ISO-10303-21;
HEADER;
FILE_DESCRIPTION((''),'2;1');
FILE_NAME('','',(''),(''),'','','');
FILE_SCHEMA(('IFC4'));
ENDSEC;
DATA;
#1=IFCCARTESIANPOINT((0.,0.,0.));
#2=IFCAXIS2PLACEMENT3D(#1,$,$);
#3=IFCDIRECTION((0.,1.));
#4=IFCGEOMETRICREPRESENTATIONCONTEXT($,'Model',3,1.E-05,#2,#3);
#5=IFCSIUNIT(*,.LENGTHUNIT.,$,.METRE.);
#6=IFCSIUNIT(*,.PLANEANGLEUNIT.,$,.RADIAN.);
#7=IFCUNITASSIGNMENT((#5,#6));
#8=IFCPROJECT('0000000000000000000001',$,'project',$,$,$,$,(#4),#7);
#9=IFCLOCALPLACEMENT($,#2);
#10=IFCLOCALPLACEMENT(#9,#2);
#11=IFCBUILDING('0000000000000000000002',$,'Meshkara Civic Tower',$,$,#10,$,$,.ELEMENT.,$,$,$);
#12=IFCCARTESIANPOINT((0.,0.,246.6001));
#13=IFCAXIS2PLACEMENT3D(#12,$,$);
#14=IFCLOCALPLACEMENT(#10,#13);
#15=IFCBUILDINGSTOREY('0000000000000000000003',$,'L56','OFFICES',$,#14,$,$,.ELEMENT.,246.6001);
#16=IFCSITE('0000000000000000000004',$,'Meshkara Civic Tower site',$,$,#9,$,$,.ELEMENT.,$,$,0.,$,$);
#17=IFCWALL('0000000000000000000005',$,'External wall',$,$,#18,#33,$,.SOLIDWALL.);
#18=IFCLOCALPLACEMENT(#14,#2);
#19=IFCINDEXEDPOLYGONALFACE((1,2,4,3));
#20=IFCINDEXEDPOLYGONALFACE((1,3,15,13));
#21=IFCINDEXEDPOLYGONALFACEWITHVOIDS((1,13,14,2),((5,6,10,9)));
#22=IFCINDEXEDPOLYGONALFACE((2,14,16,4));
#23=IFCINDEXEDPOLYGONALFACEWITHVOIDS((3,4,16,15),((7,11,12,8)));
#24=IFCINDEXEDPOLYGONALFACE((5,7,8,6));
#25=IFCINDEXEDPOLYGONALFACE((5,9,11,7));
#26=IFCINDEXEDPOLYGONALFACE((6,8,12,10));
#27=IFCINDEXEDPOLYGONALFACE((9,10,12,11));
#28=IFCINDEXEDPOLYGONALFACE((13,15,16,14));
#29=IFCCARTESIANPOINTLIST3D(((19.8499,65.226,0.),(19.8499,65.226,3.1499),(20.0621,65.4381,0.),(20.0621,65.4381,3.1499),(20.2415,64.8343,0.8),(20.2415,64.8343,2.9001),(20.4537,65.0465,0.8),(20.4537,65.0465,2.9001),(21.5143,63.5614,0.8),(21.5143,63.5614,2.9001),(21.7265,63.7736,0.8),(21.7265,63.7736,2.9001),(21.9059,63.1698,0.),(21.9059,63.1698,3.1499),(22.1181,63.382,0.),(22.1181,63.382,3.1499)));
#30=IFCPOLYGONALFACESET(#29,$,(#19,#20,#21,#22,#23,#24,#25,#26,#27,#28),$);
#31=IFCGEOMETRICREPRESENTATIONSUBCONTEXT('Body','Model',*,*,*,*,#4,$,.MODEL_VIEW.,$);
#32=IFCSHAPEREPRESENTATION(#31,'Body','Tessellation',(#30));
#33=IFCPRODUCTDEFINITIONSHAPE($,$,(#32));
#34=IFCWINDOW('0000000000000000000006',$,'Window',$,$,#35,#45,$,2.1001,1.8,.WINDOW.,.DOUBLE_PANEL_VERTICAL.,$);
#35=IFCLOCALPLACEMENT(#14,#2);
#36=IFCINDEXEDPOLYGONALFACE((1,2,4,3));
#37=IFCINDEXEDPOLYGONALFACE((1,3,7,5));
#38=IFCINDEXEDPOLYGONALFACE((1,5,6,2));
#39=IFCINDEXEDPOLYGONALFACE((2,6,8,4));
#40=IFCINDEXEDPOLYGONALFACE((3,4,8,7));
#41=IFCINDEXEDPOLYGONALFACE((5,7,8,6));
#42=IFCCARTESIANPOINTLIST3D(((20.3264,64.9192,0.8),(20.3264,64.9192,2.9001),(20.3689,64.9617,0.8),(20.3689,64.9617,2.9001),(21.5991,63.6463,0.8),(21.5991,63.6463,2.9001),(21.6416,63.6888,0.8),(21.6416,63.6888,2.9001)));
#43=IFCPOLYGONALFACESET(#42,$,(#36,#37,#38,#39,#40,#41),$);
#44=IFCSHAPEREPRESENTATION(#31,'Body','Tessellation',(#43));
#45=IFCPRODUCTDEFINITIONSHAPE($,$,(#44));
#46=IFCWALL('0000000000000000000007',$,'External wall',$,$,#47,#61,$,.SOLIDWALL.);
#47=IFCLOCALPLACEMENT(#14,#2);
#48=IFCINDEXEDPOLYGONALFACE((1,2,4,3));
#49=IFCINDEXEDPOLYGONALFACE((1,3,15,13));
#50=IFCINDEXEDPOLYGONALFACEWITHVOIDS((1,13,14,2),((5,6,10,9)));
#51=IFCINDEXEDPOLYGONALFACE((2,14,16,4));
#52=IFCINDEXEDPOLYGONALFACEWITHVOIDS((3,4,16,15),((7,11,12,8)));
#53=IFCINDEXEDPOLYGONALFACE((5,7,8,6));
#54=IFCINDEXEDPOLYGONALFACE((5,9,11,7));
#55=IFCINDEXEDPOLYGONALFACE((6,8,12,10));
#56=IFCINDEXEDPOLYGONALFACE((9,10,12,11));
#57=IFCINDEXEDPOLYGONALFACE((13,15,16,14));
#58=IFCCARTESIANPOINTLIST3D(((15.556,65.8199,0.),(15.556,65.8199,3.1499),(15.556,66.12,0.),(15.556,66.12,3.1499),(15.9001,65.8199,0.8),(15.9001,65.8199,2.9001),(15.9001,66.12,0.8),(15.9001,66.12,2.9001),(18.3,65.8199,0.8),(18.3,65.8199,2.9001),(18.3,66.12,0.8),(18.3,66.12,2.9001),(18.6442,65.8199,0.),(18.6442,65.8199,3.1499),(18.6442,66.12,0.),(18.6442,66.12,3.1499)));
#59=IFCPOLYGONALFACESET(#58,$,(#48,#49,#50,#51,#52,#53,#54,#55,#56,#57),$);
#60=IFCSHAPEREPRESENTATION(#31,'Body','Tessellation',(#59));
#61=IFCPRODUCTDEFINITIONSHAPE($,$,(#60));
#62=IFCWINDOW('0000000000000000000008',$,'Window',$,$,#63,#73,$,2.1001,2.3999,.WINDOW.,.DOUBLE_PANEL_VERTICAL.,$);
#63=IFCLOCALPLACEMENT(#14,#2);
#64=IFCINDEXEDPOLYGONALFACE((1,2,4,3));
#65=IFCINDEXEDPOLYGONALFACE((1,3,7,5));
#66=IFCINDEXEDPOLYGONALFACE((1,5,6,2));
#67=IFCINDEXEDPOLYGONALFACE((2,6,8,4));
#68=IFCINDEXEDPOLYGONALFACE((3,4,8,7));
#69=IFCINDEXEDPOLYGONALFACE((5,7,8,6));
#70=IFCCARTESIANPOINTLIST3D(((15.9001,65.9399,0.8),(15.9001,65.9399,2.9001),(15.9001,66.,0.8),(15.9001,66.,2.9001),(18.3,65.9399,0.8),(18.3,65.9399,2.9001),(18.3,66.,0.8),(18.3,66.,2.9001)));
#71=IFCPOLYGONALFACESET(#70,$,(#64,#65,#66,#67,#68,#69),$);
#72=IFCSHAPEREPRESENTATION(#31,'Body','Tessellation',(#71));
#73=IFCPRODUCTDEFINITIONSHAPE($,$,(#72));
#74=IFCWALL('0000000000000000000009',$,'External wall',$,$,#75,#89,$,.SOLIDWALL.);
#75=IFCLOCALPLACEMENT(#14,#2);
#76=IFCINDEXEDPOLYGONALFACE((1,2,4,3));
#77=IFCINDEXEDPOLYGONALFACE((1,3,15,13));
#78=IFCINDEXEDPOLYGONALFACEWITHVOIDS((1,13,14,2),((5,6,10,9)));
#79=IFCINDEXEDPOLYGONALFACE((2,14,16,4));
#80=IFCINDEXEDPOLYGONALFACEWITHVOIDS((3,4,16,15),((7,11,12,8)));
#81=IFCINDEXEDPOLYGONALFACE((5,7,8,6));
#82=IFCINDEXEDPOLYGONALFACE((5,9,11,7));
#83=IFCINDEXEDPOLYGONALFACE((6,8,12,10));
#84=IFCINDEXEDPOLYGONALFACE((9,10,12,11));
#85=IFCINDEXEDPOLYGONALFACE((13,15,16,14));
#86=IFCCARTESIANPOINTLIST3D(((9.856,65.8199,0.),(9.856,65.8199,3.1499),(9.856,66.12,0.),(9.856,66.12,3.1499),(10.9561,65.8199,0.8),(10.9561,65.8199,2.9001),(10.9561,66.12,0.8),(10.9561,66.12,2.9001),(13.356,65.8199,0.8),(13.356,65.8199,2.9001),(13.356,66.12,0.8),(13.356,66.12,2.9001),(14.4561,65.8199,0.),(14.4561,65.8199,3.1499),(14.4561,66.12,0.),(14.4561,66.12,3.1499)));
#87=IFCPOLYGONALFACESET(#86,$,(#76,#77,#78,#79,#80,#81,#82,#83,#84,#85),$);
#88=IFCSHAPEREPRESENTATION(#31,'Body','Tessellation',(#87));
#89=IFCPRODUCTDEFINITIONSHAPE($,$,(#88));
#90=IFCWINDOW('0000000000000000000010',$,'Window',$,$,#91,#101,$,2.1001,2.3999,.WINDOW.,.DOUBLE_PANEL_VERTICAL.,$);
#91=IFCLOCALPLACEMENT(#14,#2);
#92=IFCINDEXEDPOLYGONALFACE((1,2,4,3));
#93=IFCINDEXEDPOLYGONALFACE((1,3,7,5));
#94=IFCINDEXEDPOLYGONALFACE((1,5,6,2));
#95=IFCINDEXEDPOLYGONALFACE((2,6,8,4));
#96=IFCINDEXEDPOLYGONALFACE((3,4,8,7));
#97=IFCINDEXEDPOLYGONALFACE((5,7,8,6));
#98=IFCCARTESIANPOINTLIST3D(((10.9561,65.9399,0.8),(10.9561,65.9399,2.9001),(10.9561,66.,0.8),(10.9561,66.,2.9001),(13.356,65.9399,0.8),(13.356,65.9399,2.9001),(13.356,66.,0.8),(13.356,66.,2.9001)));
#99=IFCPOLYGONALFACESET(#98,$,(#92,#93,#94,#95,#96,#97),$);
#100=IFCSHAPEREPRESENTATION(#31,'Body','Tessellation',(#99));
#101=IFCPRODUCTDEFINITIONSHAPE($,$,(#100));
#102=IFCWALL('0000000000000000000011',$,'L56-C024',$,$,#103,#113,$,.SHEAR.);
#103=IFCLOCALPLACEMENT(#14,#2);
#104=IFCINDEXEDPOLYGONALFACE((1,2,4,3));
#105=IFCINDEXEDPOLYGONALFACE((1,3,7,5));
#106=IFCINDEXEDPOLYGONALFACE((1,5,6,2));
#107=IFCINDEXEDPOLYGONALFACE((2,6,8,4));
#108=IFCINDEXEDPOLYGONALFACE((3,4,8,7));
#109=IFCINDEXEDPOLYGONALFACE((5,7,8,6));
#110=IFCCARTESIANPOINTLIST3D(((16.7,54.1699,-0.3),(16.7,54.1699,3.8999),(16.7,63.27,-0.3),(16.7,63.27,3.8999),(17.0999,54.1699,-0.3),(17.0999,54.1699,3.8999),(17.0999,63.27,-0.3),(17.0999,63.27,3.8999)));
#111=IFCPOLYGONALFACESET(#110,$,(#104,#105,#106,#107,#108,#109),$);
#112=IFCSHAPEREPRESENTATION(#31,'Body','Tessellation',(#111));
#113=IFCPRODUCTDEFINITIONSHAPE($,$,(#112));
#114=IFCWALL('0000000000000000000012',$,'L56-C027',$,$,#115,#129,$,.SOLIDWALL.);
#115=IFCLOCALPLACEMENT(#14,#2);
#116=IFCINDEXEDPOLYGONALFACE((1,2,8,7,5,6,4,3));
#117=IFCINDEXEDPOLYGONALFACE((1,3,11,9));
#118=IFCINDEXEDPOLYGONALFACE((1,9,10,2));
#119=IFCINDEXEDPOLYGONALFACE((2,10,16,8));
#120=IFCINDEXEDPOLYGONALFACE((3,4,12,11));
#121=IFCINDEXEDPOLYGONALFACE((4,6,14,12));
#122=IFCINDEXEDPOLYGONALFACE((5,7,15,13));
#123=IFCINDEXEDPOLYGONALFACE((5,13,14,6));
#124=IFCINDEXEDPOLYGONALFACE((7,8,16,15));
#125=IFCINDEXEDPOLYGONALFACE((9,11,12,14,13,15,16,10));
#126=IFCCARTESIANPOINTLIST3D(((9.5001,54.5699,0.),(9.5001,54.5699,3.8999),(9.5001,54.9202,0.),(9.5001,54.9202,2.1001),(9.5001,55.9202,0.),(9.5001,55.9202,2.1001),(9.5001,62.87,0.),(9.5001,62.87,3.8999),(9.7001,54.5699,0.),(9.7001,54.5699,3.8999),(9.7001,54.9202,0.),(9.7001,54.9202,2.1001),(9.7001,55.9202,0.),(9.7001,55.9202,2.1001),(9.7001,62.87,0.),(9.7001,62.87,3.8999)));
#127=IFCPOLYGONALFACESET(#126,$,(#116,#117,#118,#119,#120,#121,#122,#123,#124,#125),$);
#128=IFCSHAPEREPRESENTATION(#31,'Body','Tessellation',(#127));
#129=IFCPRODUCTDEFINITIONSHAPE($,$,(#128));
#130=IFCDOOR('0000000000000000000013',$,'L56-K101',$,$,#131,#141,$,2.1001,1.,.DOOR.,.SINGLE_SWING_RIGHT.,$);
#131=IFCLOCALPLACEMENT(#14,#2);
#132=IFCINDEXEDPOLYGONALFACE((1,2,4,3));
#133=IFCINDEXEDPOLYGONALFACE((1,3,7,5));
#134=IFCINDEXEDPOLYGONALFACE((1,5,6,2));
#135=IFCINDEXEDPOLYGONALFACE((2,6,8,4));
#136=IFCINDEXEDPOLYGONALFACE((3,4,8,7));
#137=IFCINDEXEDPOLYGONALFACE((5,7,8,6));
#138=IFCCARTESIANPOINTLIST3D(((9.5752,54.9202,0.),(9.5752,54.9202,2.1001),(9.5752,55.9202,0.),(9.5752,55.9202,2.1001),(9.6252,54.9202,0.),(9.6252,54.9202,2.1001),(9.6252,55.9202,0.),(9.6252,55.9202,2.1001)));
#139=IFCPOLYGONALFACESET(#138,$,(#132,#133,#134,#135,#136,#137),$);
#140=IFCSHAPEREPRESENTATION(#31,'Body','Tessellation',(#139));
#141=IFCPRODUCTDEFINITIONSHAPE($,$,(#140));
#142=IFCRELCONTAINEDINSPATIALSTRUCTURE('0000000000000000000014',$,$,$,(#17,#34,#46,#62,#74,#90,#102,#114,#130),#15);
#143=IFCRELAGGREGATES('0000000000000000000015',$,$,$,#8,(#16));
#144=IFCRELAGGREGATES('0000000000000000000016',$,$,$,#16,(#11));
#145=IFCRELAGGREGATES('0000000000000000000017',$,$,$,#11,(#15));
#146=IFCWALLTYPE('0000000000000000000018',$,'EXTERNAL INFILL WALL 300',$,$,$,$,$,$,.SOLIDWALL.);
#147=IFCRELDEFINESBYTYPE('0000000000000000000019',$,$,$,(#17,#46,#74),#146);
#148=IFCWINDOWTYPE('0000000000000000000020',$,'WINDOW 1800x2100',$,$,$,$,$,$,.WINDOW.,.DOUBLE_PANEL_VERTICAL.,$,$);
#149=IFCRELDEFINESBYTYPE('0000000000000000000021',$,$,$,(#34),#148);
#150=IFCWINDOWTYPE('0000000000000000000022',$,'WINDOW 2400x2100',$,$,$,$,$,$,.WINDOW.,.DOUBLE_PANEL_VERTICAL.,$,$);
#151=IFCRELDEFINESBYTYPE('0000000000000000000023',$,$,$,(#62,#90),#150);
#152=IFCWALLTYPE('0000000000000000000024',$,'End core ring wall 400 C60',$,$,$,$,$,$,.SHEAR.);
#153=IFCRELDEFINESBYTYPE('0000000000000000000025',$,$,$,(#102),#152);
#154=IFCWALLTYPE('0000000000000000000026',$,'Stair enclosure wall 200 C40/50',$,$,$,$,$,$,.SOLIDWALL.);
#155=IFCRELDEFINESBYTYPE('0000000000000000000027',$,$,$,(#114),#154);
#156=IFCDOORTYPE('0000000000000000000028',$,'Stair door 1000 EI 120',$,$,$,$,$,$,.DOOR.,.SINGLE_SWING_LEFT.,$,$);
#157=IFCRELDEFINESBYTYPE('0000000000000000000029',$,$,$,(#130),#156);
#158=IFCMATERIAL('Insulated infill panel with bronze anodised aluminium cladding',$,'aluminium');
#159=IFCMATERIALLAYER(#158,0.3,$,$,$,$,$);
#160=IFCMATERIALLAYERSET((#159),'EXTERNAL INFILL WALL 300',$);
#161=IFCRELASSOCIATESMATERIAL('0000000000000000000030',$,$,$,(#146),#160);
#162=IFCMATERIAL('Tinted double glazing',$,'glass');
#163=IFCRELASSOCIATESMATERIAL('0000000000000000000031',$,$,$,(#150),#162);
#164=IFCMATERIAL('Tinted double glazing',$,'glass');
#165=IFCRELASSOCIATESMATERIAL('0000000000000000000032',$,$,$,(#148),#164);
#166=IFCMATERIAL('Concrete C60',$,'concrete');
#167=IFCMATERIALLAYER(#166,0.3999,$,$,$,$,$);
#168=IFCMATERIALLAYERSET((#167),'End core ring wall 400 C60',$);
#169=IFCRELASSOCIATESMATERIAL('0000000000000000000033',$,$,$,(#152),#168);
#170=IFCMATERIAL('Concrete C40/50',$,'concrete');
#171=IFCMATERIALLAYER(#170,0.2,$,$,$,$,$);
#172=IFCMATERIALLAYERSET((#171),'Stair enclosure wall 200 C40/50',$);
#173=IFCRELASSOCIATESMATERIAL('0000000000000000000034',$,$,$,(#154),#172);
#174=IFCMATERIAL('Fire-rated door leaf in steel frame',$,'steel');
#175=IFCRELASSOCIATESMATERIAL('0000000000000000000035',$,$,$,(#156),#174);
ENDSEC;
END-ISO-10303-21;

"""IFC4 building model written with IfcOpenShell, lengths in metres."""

from ifc_helpers import new_model, si_unit, direction, frame, frame_2d, origin, place, context, subcontext, project, spatial, rectangle, extrude, material, layer, layer_set, type_object, element, fill, save


model = new_model("IFC4")

# Units and contexts
model_context = context("Model", 3, precision=1e-05, world=origin(), true_north=direction((0.0, 1.0)))
body_context = subcontext(model_context, "Body", "Model", "MODEL_VIEW")
ifc_project = project(units=[si_unit("LENGTHUNIT", "METRE"), si_unit("PLANEANGLEUNIT", "RADIAN")], contexts=[model_context])

# Site, building, storey
site_placement = place(None, origin())
site = spatial("IfcSite", under=ifc_project, at=site_placement, Name="Meshkara Civic Tower site", CompositionType="ELEMENT", RefElevation=0.0)
building_placement = place(site_placement, origin())
building = spatial("IfcBuilding", under=site, at=building_placement, Name="Meshkara Civic Tower", CompositionType="ELEMENT")
storey_placement = place(building_placement, frame((0.0, 0.0, 246.6001)))
storey = spatial("IfcBuildingStorey", under=building, at=storey_placement, Name="L56", Description="OFFICES", CompositionType="ELEMENT", Elevation=246.6001)

# Walls, openings, windows
ifc_material_1 = material(Name="Insulated infill panel with bronze anodised aluminium cladding", Category="aluminium")
ifc_layer_1 = layer(ifc_material_1, 0.3)
ifc_layer_set_1 = layer_set([ifc_layer_1], Name="EXTERNAL INFILL WALL 300")
wall_type_1 = type_object("IfcWallType", Name="EXTERNAL INFILL WALL 300", PredefinedType="SOLIDWALL", material=ifc_layer_set_1)
ifc_material_2 = material(Name="Tinted double glazing", Category="glass")
window_type_1 = type_object("IfcWindowType", Name="WINDOW 2400x2100", PartitioningType="DOUBLE_PANEL_VERTICAL", PredefinedType="WINDOW", material=ifc_material_2)
wall_1_placement = place(storey_placement, frame((22.012, 63.2759, 0.0), z_axis=(0.0, 0.0, 1.0), x_axis=(-0.707065, 0.707149, 0.0)))
wall_1 = element("IfcWall", 1, at=wall_1_placement, inside=storey, type_object=wall_type_1, Name="External wall", PredefinedType="SOLIDWALL", context=body_context, shape_type="SweptSolid", body=[
    extrude(rectangle(XDim=2.9077, YDim=0.3, at=frame_2d((1.4539, 0.0))), origin(), (0.0, 0.0, 1.0), 3.1499),
])
opening_1_placement = place(wall_1_placement, frame((0.554, 0.0, 0.8)))
opening_1 = element("IfcOpeningElement", 2, at=opening_1_placement, cuts=wall_1, PredefinedType="OPENING", context=body_context, shape_type="SweptSolid", body=[
    extrude(rectangle(XDim=1.8, YDim=2.1001, at=frame_2d((0.8999, 1.05))), frame((0.0, 0.1599, 0.0), z_axis=(0.0, -1.0, 0.0), x_axis=(1.0, 0.0, 0.0)), (0.0, 0.0, 1.0), 0.3201),
])
ifc_material_3 = material(Name="Tinted double glazing", Category="glass")
window_type_2 = type_object("IfcWindowType", Name="WINDOW 1800x2100", PartitioningType="DOUBLE_PANEL_VERTICAL", PredefinedType="WINDOW", material=ifc_material_3)
window_1_placement = place(opening_1_placement, origin())
window_1 = element("IfcWindow", 3, at=window_1_placement, inside=storey, type_object=window_type_2, Name="Window", OverallHeight=2.1001, OverallWidth=1.8, PartitioningType="DOUBLE_PANEL_VERTICAL", PredefinedType="WINDOW", context=body_context, shape_type="SweptSolid", body=[
    extrude(rectangle(XDim=1.8, YDim=2.1001, at=frame_2d((0.8999, 1.05))), frame((0.0, 0.03, 0.0), z_axis=(0.0, -1.0, 0.0), x_axis=(1.0, 0.0, 0.0)), (0.0, 0.0, 1.0), 0.0601),
])
fill(opening_1, window_1)
wall_2_placement = place(storey_placement, frame((18.644, 65.97, 0.0), z_axis=(0.0, 0.0, 1.0), x_axis=(-1.0, 0.0, 0.0)))
wall_2 = element("IfcWall", 4, at=wall_2_placement, inside=storey, type_object=wall_type_1, Name="External wall", PredefinedType="SOLIDWALL", context=body_context, shape_type="SweptSolid", body=[
    extrude(rectangle(XDim=3.0881, YDim=0.3, at=frame_2d((1.5439, 0.0))), origin(), (0.0, 0.0, 1.0), 3.1499),
])
opening_2_placement = place(wall_2_placement, frame((0.344, 0.0, 0.8)))
opening_2 = element("IfcOpeningElement", 5, at=opening_2_placement, cuts=wall_2, PredefinedType="OPENING", context=body_context, shape_type="SweptSolid", body=[
    extrude(rectangle(XDim=2.3999, YDim=2.1001, at=frame_2d((1.2, 1.05))), frame((0.0, 0.1599, 0.0), z_axis=(0.0, -1.0, 0.0), x_axis=(1.0, 0.0, 0.0)), (0.0, 0.0, 1.0), 0.3201),
])
window_2_placement = place(opening_2_placement, origin())
window_2 = element("IfcWindow", 6, at=window_2_placement, inside=storey, type_object=window_type_1, Name="Window", OverallHeight=2.1001, OverallWidth=2.3999, PartitioningType="DOUBLE_PANEL_VERTICAL", PredefinedType="WINDOW", context=body_context, shape_type="SweptSolid", body=[
    extrude(rectangle(XDim=2.3999, YDim=2.1001, at=frame_2d((1.2, 1.05))), frame((0.0, 0.03, 0.0), z_axis=(0.0, -1.0, 0.0), x_axis=(1.0, 0.0, 0.0)), (0.0, 0.0, 1.0), 0.0601),
])
fill(opening_2, window_2)
wall_3_placement = place(storey_placement, frame((14.4561, 65.97, 0.0), z_axis=(0.0, 0.0, 1.0), x_axis=(-1.0, 0.0, 0.0)))
wall_3 = element("IfcWall", 7, at=wall_3_placement, inside=storey, type_object=wall_type_1, Name="External wall", PredefinedType="SOLIDWALL", context=body_context, shape_type="SweptSolid", body=[
    extrude(rectangle(XDim=4.6001, YDim=0.3, at=frame_2d((2.3, 0.0))), origin(), (0.0, 0.0, 1.0), 3.1499),
])
opening_3_placement = place(wall_3_placement, frame((1.1001, 0.0, 0.8)))
opening_3 = element("IfcOpeningElement", 8, at=opening_3_placement, cuts=wall_3, PredefinedType="OPENING", context=body_context, shape_type="SweptSolid", body=[
    extrude(rectangle(XDim=2.3999, YDim=2.1001, at=frame_2d((1.2, 1.05))), frame((0.0, 0.1599, 0.0), z_axis=(0.0, -1.0, 0.0), x_axis=(1.0, 0.0, 0.0)), (0.0, 0.0, 1.0), 0.3201),
])
window_3_placement = place(opening_3_placement, origin())
window_3 = element("IfcWindow", 9, at=window_3_placement, inside=storey, type_object=window_type_1, Name="Window", OverallHeight=2.1001, OverallWidth=2.3999, PartitioningType="DOUBLE_PANEL_VERTICAL", PredefinedType="WINDOW", context=body_context, shape_type="SweptSolid", body=[
    extrude(rectangle(XDim=2.3999, YDim=2.1001, at=frame_2d((1.2, 1.05))), frame((0.0, 0.03, 0.0), z_axis=(0.0, -1.0, 0.0), x_axis=(1.0, 0.0, 0.0)), (0.0, 0.0, 1.0), 0.0601),
])
fill(opening_3, window_3)

# Wall
ifc_material_4 = material(Name="Concrete C60", Category="concrete")
ifc_layer_2 = layer(ifc_material_4, 0.3999)
ifc_layer_set_2 = layer_set([ifc_layer_2], Name="End core ring wall 400 C60")
wall_type_2 = type_object("IfcWallType", Name="End core ring wall 400 C60", PredefinedType="SHEAR", material=ifc_layer_set_2)
wall_4_placement = place(storey_placement, frame((16.8999, 54.1699, -0.3), z_axis=(0.0, 0.0, 1.0), x_axis=(0.0, 1.0, 0.0)))
element("IfcWall", 10, at=wall_4_placement, inside=storey, type_object=wall_type_2, Name="L56-C024", PredefinedType="SHEAR", context=body_context, shape_type="SweptSolid", body=[
    extrude(rectangle(XDim=9.1001, YDim=0.3999, at=frame_2d((4.55, 0.0))), origin(), (0.0, 0.0, 1.0), 4.2),
])

# Wall, opening, door
ifc_material_5 = material(Name="Concrete C40/50", Category="concrete")
ifc_layer_3 = layer(ifc_material_5, 0.2)
ifc_layer_set_3 = layer_set([ifc_layer_3], Name="Stair enclosure wall 200 C40/50")
wall_type_3 = type_object("IfcWallType", Name="Stair enclosure wall 200 C40/50", PredefinedType="SOLIDWALL", material=ifc_layer_set_3)
wall_5_placement = place(storey_placement, frame((9.6001, 54.5701, 0.0), z_axis=(0.0, 0.0, 1.0), x_axis=(0.0, 1.0, 0.0)))
wall_5 = element("IfcWall", 11, at=wall_5_placement, inside=storey, type_object=wall_type_3, Name="L56-C027", PredefinedType="SOLIDWALL", context=body_context, shape_type="SweptSolid", body=[
    extrude(rectangle(XDim=8.3, YDim=0.2, at=frame_2d((4.1499, 0.0))), origin(), (0.0, 0.0, 1.0), 3.8999),
])
opening_4_placement = place(wall_5_placement, frame((0.3501, 0.0, 0.0)))
opening_4 = element("IfcOpeningElement", 12, at=opening_4_placement, cuts=wall_5, PredefinedType="OPENING", context=body_context, shape_type="SweptSolid", body=[
    extrude(rectangle(XDim=1.0, YDim=2.1001, at=frame_2d((0.5, 1.05))), frame((0.0, 0.1099, 0.0), z_axis=(0.0, -1.0, 0.0), x_axis=(1.0, 0.0, 0.0)), (0.0, 0.0, 1.0), 0.22),
])
ifc_material_6 = material(Name="Fire-rated door leaf in steel frame", Category="steel")
door_type = type_object("IfcDoorType", Name="Stair door 1000 EI 120", OperationType="SINGLE_SWING_LEFT", PredefinedType="DOOR", material=ifc_material_6)
door_placement = place(opening_4_placement, origin())
door = element("IfcDoor", 13, at=door_placement, inside=storey, type_object=door_type, Name="L56-K101", OperationType="SINGLE_SWING_RIGHT", OverallHeight=2.1001, OverallWidth=1.0, PredefinedType="DOOR", context=body_context, shape_type="SweptSolid", body=[
    extrude(rectangle(XDim=1.0, YDim=2.1001, at=frame_2d((0.5, 1.05))), frame((0.0, 0.0249, 0.0), z_axis=(0.0, -1.0, 0.0), x_axis=(1.0, 0.0, 0.0)), (0.0, 0.0, 1.0), 0.05),
])
fill(opening_4, door)

save(model, "model.ifc")
